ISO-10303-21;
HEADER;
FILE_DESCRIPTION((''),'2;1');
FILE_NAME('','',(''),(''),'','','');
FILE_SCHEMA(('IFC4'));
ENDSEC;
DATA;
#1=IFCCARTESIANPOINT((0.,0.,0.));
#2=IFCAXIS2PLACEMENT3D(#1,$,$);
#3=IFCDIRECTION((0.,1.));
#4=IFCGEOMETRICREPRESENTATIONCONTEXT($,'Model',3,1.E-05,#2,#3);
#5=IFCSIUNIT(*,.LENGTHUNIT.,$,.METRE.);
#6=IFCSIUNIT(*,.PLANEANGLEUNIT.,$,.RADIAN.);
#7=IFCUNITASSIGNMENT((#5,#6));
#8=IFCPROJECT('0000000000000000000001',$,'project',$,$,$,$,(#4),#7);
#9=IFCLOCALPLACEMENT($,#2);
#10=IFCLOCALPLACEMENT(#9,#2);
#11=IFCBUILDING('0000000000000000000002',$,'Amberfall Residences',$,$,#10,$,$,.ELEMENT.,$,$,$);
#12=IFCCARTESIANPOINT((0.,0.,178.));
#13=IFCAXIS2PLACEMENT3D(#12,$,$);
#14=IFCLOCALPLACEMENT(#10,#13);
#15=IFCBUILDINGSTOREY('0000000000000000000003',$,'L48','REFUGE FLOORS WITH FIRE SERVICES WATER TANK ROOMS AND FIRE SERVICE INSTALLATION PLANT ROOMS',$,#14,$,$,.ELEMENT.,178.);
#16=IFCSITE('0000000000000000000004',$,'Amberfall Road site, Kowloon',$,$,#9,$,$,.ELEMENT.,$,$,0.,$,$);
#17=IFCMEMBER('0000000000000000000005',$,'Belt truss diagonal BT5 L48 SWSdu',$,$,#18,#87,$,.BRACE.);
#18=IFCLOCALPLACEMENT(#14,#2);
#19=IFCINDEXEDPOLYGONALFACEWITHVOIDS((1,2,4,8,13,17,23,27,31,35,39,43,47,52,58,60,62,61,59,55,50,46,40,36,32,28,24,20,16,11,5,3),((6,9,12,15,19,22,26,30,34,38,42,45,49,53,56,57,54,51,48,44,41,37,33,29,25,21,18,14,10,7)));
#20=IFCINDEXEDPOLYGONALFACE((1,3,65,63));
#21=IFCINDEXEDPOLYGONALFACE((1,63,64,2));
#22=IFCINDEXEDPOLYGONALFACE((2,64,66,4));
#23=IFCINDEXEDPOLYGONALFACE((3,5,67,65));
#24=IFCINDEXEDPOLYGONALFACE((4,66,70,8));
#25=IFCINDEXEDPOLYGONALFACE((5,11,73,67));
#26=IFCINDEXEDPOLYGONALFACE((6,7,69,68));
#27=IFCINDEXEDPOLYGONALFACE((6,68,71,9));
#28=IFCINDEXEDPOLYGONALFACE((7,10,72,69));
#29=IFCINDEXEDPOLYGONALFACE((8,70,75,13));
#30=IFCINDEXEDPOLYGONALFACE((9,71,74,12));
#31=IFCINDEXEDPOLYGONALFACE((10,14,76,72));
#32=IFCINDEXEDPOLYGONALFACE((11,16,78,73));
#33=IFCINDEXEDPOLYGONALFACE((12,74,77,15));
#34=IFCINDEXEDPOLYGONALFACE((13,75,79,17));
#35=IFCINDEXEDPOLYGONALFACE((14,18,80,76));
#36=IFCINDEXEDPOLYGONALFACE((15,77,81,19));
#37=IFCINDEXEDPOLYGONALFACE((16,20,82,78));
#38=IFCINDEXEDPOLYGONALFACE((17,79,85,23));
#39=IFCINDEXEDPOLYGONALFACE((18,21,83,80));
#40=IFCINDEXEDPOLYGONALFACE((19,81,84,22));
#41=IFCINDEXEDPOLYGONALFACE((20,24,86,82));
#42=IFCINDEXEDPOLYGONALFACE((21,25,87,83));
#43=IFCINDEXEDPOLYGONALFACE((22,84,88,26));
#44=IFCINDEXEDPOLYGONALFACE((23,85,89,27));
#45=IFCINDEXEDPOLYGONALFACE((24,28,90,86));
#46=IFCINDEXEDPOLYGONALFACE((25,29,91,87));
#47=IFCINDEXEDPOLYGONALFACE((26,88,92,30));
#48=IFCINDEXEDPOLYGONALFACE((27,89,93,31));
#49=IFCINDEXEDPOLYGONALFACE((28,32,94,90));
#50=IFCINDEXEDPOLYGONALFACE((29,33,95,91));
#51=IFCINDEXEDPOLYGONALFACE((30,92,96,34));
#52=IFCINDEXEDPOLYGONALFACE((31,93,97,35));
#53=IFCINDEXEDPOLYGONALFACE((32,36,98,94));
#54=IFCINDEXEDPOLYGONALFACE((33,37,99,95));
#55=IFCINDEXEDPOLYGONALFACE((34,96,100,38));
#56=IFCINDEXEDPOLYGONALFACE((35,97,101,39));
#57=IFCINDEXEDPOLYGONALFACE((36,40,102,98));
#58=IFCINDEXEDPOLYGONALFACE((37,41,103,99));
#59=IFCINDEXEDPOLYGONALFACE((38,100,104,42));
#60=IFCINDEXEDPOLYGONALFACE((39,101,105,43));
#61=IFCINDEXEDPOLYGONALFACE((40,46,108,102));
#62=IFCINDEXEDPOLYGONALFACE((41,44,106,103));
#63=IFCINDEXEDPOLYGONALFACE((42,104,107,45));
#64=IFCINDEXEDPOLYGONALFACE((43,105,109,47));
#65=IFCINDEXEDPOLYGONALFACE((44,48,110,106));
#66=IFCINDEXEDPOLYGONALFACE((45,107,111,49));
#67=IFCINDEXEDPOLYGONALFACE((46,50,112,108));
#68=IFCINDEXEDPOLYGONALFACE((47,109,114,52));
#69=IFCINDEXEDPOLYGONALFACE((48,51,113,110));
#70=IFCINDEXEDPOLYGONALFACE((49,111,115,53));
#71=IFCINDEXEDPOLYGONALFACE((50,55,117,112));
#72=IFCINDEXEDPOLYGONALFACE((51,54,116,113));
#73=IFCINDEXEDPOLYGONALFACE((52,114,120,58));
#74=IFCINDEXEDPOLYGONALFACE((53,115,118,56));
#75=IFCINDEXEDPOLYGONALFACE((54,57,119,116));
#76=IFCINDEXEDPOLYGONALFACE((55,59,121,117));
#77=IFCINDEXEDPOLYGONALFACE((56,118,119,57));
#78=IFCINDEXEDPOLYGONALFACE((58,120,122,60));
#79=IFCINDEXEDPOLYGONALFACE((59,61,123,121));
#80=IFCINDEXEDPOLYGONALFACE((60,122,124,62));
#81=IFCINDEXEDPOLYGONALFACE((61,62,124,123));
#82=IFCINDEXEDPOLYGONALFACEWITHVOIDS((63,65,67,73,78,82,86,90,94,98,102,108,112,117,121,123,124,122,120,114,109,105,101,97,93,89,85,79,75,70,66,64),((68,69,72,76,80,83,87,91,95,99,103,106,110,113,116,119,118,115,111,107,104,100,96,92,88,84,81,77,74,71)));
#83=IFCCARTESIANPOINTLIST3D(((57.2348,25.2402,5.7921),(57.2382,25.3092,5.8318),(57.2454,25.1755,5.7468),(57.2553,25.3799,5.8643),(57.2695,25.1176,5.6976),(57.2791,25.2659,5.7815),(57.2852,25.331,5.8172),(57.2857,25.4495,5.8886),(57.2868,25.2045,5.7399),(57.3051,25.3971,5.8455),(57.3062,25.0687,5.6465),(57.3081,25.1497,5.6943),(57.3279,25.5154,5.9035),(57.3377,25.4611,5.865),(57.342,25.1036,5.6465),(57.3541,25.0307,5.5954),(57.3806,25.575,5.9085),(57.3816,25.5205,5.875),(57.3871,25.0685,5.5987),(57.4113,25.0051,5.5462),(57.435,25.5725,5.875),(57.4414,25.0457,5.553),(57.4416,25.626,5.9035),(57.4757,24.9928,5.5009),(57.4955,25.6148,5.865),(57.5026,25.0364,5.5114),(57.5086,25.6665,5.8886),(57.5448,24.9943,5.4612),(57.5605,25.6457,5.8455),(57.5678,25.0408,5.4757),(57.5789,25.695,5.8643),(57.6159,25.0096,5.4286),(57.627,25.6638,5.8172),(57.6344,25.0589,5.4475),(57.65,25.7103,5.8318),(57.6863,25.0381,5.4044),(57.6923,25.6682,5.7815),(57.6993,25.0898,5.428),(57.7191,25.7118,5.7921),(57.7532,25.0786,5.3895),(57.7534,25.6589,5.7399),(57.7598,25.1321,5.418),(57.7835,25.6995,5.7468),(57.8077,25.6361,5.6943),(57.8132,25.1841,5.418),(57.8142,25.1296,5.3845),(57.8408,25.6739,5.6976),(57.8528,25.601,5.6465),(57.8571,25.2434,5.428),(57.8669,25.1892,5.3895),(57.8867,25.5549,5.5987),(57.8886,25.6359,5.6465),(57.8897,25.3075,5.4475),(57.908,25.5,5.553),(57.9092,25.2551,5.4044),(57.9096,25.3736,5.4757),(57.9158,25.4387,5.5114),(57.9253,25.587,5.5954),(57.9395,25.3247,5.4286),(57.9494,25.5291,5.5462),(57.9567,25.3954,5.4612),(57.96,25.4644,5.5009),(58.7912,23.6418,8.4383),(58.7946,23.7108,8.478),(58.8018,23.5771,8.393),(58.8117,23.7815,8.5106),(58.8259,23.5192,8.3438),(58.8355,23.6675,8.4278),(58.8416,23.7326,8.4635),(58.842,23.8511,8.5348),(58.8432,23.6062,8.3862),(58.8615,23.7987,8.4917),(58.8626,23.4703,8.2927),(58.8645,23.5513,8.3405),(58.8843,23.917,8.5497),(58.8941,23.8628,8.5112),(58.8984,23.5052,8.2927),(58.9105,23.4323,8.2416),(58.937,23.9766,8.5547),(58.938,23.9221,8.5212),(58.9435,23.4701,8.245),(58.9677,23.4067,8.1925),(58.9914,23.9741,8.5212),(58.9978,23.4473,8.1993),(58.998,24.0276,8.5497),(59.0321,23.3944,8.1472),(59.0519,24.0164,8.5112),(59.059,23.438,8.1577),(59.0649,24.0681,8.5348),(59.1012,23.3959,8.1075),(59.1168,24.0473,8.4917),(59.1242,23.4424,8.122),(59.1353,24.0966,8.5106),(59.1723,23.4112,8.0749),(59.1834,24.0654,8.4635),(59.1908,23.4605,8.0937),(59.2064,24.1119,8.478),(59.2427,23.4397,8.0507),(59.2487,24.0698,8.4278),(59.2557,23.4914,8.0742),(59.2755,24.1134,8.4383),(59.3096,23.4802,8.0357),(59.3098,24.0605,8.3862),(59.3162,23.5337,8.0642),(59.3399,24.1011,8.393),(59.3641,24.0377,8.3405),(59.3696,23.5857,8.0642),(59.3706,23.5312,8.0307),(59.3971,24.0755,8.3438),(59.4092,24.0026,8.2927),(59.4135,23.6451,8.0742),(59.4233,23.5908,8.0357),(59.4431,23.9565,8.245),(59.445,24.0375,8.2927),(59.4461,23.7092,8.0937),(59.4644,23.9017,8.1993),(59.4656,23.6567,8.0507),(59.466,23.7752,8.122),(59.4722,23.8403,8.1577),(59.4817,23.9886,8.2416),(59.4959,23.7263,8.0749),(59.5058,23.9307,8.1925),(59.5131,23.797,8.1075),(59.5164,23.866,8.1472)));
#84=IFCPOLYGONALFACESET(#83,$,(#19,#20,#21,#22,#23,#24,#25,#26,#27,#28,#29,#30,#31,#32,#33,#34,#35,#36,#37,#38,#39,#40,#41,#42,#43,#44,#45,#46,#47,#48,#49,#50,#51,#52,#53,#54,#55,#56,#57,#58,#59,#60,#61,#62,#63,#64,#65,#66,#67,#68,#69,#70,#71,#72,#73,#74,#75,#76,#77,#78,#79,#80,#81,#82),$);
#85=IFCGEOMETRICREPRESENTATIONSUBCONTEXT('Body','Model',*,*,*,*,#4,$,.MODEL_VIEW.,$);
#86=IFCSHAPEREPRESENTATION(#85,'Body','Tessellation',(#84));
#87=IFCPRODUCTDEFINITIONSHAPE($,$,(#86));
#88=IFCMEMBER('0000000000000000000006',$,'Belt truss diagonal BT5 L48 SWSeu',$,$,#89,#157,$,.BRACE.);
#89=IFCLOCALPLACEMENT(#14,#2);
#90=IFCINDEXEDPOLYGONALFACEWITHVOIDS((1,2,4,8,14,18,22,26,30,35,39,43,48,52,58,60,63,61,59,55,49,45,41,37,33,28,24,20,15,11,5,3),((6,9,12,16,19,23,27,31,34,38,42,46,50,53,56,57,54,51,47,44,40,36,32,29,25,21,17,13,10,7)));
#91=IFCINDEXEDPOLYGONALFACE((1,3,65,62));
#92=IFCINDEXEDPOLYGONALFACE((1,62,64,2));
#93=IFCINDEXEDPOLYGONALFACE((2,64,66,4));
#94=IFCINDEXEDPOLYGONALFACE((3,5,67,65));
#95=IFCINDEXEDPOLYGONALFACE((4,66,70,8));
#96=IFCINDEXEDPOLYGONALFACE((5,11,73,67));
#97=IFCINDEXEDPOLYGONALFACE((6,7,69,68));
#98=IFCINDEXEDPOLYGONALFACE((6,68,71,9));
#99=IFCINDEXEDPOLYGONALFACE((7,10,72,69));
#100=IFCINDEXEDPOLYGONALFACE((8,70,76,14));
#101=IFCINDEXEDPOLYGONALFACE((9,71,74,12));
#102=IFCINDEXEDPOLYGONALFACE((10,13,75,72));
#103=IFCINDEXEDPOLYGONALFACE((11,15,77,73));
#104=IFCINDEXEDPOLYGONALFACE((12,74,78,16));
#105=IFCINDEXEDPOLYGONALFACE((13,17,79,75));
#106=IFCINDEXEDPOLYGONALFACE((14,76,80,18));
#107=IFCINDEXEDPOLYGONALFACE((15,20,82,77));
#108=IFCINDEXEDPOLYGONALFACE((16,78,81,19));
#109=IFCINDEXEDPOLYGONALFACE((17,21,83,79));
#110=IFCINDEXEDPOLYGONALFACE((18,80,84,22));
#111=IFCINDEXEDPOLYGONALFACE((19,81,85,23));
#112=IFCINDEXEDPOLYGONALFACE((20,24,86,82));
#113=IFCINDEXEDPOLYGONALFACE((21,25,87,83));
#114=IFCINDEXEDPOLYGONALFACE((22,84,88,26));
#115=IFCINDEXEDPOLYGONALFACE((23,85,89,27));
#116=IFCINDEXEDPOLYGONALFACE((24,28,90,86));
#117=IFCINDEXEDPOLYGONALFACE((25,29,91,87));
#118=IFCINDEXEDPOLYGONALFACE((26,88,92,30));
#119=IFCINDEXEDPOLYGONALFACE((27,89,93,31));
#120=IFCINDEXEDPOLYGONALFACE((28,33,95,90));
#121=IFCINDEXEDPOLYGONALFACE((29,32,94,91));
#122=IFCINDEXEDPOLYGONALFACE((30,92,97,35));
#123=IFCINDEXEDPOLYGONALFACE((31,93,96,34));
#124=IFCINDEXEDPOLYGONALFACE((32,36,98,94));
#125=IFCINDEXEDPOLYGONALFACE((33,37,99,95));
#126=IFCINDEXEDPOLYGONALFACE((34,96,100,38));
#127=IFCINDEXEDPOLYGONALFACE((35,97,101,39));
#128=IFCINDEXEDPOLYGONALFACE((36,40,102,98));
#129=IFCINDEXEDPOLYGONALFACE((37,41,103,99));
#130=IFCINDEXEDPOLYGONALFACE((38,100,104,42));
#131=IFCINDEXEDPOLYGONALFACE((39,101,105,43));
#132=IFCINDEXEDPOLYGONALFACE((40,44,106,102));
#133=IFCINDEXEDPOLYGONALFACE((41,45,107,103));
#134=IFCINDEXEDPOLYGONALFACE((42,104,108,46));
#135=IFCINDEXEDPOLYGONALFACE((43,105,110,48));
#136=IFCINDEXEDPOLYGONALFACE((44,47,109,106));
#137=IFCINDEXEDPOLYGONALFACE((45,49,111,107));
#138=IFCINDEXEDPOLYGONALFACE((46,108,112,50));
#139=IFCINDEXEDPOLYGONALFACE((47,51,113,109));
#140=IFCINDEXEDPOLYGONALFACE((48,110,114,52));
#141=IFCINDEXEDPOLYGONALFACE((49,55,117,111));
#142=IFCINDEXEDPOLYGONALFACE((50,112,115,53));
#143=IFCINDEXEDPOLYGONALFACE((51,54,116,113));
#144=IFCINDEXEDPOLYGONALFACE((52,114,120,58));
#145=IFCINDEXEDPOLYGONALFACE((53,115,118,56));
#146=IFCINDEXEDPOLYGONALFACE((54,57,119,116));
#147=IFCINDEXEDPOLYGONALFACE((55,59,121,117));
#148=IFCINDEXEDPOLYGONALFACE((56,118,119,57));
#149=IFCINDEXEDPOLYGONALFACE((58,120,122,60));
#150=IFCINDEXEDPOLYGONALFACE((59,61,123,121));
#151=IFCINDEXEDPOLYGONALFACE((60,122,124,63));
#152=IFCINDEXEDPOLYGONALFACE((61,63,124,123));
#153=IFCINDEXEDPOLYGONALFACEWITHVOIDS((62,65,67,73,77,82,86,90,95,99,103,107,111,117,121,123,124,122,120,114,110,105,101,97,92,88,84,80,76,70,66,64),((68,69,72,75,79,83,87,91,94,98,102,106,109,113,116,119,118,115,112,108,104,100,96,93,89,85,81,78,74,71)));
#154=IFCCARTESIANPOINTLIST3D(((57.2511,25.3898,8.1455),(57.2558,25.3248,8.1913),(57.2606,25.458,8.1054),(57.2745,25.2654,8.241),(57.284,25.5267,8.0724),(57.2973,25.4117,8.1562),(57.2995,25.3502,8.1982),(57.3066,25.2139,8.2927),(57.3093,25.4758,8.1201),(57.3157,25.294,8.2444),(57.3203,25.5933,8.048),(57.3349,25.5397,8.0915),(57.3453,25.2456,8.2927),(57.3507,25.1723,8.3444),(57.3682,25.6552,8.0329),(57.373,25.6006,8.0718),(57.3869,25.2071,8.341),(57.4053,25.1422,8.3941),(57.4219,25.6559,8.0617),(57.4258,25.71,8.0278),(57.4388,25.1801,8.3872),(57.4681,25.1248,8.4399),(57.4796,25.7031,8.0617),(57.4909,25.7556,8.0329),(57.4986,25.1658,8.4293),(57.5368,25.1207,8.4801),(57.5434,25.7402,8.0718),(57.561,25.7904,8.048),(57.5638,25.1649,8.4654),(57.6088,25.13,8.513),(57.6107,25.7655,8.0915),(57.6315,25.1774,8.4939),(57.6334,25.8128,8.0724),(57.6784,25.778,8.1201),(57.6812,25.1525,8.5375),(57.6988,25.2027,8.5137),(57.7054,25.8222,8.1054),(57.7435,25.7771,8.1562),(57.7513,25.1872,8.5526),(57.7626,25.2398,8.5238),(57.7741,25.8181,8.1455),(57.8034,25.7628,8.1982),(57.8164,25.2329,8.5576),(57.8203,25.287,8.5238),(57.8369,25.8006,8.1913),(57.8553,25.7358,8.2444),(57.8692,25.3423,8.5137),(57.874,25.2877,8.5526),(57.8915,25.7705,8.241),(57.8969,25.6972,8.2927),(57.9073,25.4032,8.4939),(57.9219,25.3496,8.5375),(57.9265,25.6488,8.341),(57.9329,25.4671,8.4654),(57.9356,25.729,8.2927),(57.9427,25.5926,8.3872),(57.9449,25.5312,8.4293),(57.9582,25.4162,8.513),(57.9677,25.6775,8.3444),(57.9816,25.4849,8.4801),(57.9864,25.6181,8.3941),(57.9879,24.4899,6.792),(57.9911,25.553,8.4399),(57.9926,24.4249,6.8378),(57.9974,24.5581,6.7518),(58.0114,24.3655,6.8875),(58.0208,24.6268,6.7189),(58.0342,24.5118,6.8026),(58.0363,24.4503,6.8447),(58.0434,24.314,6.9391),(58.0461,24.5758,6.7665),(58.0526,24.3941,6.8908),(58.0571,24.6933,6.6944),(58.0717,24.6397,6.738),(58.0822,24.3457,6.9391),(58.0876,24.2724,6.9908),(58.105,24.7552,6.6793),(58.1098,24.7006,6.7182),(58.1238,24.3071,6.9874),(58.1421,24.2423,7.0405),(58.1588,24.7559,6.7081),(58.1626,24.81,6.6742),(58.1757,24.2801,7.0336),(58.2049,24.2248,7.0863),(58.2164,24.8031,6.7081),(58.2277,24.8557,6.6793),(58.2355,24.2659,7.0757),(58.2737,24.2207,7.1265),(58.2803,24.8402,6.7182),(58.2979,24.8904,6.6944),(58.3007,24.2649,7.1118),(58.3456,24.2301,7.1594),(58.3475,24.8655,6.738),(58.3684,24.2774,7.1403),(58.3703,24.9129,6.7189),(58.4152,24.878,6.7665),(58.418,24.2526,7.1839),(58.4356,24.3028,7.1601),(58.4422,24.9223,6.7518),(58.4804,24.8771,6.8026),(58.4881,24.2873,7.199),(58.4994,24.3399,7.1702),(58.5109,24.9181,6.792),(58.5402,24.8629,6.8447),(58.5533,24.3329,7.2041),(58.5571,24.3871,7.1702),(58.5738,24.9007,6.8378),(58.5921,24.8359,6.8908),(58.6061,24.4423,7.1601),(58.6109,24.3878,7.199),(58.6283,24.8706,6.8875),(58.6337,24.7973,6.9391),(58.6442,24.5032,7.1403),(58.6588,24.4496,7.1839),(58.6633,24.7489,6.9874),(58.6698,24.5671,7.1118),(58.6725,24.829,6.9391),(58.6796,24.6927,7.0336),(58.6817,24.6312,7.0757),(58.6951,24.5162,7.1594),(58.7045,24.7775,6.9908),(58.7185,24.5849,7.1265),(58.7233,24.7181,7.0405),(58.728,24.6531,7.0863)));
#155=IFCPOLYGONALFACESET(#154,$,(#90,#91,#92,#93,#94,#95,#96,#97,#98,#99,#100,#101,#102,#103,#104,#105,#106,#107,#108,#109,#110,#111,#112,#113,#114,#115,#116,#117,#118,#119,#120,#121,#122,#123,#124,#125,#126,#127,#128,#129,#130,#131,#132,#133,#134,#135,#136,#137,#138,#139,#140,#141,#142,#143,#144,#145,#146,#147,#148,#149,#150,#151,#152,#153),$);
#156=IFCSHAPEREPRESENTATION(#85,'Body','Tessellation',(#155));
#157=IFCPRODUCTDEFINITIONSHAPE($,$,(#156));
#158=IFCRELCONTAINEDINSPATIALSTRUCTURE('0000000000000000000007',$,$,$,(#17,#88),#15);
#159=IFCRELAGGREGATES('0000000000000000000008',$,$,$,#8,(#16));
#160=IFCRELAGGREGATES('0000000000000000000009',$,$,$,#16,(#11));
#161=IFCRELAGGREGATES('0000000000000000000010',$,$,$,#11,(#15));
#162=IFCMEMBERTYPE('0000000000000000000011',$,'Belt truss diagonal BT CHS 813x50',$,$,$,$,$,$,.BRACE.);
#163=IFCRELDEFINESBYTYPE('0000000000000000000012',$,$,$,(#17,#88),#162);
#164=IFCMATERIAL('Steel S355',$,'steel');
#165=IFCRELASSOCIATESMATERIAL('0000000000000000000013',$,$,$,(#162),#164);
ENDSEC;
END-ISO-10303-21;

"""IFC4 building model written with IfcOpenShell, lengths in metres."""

from ifc_helpers import new_model, si_unit, direction, frame, origin, origin_2d, place, context, subcontext, project, spatial, hollow_circle, extrude, material, material_profile, profile_set, type_object, element, save


model = new_model("IFC4")

# Units and contexts
model_context = context("Model", 3, precision=1e-05, world=origin(), true_north=direction((0.0, 1.0)))
body_context = subcontext(model_context, "Body", "Model", "MODEL_VIEW")
ifc_project = project(units=[si_unit("LENGTHUNIT", "METRE"), si_unit("PLANEANGLEUNIT", "RADIAN")], contexts=[model_context])

# Site, building, storey
site_placement = place(None, origin())
site = spatial("IfcSite", under=ifc_project, at=site_placement, Name="Amberfall Road site, Kowloon", CompositionType="ELEMENT", RefElevation=0.0)
building_placement = place(site_placement, origin())
building = spatial("IfcBuilding", under=site, at=building_placement, Name="Amberfall Residences", CompositionType="ELEMENT")
storey_placement = place(building_placement, frame((0.0, 0.0, 178.0)))
storey = spatial("IfcBuildingStorey", under=building, at=storey_placement, Name="L48", Description="REFUGE FLOORS WITH FIRE SERVICES WATER TANK ROOMS AND FIRE SERVICE INSTALLATION PLANT ROOMS", CompositionType="ELEMENT", Elevation=178.0)

# Shared definitions
ifc_material_1 = material(Name="Steel S355", Category="steel")

# Members
ifc_material_profile_1 = material_profile(ifc_material_1, hollow_circle(Radius=0.4065, WallThickness=0.05, at=origin_2d()), Name="CHS 813x50")
ifc_profile_set_1 = profile_set([ifc_material_profile_1], Name="Steel S355")
member_type_1 = type_object("IfcMemberType", Name="Belt truss diagonal BT CHS 813x50", PredefinedType="BRACE", material=ifc_profile_set_1)
member_1_placement = place(storey_placement, frame((57.5974, 25.3523, 5.6465), z_axis=(0.449672, -0.461804, 0.764547), x_axis=(0.716455, 0.697633, 0.0)))
element("IfcMember", 1, at=member_1_placement, inside=storey, type_object=member_type_1, Name="Belt truss diagonal BT5 L48 SWSdu", PredefinedType="BRACE", context=body_context, shape_type="SweptSolid", body=[
    extrude(hollow_circle(Radius=0.4065, WallThickness=0.05, at=origin_2d()), origin(), (0.0, 0.0, 1.0), 3.4612),
])
member_2_placement = place(storey_placement, frame((57.6211, 25.4714, 8.2927), z_axis=(0.412879, -0.504266, -0.75845), x_axis=(0.773733, 0.633512, 0.0)))
element("IfcMember", 2, at=member_2_placement, inside=storey, type_object=member_type_1, Name="Belt truss diagonal BT5 L48 SWSeu", PredefinedType="BRACE", context=body_context, shape_type="SweptSolid", body=[
    extrude(hollow_circle(Radius=0.4065, WallThickness=0.05, at=origin_2d()), origin(), (0.0, 0.0, 1.0), 1.7847),
])

save(model, "model.ifc")
